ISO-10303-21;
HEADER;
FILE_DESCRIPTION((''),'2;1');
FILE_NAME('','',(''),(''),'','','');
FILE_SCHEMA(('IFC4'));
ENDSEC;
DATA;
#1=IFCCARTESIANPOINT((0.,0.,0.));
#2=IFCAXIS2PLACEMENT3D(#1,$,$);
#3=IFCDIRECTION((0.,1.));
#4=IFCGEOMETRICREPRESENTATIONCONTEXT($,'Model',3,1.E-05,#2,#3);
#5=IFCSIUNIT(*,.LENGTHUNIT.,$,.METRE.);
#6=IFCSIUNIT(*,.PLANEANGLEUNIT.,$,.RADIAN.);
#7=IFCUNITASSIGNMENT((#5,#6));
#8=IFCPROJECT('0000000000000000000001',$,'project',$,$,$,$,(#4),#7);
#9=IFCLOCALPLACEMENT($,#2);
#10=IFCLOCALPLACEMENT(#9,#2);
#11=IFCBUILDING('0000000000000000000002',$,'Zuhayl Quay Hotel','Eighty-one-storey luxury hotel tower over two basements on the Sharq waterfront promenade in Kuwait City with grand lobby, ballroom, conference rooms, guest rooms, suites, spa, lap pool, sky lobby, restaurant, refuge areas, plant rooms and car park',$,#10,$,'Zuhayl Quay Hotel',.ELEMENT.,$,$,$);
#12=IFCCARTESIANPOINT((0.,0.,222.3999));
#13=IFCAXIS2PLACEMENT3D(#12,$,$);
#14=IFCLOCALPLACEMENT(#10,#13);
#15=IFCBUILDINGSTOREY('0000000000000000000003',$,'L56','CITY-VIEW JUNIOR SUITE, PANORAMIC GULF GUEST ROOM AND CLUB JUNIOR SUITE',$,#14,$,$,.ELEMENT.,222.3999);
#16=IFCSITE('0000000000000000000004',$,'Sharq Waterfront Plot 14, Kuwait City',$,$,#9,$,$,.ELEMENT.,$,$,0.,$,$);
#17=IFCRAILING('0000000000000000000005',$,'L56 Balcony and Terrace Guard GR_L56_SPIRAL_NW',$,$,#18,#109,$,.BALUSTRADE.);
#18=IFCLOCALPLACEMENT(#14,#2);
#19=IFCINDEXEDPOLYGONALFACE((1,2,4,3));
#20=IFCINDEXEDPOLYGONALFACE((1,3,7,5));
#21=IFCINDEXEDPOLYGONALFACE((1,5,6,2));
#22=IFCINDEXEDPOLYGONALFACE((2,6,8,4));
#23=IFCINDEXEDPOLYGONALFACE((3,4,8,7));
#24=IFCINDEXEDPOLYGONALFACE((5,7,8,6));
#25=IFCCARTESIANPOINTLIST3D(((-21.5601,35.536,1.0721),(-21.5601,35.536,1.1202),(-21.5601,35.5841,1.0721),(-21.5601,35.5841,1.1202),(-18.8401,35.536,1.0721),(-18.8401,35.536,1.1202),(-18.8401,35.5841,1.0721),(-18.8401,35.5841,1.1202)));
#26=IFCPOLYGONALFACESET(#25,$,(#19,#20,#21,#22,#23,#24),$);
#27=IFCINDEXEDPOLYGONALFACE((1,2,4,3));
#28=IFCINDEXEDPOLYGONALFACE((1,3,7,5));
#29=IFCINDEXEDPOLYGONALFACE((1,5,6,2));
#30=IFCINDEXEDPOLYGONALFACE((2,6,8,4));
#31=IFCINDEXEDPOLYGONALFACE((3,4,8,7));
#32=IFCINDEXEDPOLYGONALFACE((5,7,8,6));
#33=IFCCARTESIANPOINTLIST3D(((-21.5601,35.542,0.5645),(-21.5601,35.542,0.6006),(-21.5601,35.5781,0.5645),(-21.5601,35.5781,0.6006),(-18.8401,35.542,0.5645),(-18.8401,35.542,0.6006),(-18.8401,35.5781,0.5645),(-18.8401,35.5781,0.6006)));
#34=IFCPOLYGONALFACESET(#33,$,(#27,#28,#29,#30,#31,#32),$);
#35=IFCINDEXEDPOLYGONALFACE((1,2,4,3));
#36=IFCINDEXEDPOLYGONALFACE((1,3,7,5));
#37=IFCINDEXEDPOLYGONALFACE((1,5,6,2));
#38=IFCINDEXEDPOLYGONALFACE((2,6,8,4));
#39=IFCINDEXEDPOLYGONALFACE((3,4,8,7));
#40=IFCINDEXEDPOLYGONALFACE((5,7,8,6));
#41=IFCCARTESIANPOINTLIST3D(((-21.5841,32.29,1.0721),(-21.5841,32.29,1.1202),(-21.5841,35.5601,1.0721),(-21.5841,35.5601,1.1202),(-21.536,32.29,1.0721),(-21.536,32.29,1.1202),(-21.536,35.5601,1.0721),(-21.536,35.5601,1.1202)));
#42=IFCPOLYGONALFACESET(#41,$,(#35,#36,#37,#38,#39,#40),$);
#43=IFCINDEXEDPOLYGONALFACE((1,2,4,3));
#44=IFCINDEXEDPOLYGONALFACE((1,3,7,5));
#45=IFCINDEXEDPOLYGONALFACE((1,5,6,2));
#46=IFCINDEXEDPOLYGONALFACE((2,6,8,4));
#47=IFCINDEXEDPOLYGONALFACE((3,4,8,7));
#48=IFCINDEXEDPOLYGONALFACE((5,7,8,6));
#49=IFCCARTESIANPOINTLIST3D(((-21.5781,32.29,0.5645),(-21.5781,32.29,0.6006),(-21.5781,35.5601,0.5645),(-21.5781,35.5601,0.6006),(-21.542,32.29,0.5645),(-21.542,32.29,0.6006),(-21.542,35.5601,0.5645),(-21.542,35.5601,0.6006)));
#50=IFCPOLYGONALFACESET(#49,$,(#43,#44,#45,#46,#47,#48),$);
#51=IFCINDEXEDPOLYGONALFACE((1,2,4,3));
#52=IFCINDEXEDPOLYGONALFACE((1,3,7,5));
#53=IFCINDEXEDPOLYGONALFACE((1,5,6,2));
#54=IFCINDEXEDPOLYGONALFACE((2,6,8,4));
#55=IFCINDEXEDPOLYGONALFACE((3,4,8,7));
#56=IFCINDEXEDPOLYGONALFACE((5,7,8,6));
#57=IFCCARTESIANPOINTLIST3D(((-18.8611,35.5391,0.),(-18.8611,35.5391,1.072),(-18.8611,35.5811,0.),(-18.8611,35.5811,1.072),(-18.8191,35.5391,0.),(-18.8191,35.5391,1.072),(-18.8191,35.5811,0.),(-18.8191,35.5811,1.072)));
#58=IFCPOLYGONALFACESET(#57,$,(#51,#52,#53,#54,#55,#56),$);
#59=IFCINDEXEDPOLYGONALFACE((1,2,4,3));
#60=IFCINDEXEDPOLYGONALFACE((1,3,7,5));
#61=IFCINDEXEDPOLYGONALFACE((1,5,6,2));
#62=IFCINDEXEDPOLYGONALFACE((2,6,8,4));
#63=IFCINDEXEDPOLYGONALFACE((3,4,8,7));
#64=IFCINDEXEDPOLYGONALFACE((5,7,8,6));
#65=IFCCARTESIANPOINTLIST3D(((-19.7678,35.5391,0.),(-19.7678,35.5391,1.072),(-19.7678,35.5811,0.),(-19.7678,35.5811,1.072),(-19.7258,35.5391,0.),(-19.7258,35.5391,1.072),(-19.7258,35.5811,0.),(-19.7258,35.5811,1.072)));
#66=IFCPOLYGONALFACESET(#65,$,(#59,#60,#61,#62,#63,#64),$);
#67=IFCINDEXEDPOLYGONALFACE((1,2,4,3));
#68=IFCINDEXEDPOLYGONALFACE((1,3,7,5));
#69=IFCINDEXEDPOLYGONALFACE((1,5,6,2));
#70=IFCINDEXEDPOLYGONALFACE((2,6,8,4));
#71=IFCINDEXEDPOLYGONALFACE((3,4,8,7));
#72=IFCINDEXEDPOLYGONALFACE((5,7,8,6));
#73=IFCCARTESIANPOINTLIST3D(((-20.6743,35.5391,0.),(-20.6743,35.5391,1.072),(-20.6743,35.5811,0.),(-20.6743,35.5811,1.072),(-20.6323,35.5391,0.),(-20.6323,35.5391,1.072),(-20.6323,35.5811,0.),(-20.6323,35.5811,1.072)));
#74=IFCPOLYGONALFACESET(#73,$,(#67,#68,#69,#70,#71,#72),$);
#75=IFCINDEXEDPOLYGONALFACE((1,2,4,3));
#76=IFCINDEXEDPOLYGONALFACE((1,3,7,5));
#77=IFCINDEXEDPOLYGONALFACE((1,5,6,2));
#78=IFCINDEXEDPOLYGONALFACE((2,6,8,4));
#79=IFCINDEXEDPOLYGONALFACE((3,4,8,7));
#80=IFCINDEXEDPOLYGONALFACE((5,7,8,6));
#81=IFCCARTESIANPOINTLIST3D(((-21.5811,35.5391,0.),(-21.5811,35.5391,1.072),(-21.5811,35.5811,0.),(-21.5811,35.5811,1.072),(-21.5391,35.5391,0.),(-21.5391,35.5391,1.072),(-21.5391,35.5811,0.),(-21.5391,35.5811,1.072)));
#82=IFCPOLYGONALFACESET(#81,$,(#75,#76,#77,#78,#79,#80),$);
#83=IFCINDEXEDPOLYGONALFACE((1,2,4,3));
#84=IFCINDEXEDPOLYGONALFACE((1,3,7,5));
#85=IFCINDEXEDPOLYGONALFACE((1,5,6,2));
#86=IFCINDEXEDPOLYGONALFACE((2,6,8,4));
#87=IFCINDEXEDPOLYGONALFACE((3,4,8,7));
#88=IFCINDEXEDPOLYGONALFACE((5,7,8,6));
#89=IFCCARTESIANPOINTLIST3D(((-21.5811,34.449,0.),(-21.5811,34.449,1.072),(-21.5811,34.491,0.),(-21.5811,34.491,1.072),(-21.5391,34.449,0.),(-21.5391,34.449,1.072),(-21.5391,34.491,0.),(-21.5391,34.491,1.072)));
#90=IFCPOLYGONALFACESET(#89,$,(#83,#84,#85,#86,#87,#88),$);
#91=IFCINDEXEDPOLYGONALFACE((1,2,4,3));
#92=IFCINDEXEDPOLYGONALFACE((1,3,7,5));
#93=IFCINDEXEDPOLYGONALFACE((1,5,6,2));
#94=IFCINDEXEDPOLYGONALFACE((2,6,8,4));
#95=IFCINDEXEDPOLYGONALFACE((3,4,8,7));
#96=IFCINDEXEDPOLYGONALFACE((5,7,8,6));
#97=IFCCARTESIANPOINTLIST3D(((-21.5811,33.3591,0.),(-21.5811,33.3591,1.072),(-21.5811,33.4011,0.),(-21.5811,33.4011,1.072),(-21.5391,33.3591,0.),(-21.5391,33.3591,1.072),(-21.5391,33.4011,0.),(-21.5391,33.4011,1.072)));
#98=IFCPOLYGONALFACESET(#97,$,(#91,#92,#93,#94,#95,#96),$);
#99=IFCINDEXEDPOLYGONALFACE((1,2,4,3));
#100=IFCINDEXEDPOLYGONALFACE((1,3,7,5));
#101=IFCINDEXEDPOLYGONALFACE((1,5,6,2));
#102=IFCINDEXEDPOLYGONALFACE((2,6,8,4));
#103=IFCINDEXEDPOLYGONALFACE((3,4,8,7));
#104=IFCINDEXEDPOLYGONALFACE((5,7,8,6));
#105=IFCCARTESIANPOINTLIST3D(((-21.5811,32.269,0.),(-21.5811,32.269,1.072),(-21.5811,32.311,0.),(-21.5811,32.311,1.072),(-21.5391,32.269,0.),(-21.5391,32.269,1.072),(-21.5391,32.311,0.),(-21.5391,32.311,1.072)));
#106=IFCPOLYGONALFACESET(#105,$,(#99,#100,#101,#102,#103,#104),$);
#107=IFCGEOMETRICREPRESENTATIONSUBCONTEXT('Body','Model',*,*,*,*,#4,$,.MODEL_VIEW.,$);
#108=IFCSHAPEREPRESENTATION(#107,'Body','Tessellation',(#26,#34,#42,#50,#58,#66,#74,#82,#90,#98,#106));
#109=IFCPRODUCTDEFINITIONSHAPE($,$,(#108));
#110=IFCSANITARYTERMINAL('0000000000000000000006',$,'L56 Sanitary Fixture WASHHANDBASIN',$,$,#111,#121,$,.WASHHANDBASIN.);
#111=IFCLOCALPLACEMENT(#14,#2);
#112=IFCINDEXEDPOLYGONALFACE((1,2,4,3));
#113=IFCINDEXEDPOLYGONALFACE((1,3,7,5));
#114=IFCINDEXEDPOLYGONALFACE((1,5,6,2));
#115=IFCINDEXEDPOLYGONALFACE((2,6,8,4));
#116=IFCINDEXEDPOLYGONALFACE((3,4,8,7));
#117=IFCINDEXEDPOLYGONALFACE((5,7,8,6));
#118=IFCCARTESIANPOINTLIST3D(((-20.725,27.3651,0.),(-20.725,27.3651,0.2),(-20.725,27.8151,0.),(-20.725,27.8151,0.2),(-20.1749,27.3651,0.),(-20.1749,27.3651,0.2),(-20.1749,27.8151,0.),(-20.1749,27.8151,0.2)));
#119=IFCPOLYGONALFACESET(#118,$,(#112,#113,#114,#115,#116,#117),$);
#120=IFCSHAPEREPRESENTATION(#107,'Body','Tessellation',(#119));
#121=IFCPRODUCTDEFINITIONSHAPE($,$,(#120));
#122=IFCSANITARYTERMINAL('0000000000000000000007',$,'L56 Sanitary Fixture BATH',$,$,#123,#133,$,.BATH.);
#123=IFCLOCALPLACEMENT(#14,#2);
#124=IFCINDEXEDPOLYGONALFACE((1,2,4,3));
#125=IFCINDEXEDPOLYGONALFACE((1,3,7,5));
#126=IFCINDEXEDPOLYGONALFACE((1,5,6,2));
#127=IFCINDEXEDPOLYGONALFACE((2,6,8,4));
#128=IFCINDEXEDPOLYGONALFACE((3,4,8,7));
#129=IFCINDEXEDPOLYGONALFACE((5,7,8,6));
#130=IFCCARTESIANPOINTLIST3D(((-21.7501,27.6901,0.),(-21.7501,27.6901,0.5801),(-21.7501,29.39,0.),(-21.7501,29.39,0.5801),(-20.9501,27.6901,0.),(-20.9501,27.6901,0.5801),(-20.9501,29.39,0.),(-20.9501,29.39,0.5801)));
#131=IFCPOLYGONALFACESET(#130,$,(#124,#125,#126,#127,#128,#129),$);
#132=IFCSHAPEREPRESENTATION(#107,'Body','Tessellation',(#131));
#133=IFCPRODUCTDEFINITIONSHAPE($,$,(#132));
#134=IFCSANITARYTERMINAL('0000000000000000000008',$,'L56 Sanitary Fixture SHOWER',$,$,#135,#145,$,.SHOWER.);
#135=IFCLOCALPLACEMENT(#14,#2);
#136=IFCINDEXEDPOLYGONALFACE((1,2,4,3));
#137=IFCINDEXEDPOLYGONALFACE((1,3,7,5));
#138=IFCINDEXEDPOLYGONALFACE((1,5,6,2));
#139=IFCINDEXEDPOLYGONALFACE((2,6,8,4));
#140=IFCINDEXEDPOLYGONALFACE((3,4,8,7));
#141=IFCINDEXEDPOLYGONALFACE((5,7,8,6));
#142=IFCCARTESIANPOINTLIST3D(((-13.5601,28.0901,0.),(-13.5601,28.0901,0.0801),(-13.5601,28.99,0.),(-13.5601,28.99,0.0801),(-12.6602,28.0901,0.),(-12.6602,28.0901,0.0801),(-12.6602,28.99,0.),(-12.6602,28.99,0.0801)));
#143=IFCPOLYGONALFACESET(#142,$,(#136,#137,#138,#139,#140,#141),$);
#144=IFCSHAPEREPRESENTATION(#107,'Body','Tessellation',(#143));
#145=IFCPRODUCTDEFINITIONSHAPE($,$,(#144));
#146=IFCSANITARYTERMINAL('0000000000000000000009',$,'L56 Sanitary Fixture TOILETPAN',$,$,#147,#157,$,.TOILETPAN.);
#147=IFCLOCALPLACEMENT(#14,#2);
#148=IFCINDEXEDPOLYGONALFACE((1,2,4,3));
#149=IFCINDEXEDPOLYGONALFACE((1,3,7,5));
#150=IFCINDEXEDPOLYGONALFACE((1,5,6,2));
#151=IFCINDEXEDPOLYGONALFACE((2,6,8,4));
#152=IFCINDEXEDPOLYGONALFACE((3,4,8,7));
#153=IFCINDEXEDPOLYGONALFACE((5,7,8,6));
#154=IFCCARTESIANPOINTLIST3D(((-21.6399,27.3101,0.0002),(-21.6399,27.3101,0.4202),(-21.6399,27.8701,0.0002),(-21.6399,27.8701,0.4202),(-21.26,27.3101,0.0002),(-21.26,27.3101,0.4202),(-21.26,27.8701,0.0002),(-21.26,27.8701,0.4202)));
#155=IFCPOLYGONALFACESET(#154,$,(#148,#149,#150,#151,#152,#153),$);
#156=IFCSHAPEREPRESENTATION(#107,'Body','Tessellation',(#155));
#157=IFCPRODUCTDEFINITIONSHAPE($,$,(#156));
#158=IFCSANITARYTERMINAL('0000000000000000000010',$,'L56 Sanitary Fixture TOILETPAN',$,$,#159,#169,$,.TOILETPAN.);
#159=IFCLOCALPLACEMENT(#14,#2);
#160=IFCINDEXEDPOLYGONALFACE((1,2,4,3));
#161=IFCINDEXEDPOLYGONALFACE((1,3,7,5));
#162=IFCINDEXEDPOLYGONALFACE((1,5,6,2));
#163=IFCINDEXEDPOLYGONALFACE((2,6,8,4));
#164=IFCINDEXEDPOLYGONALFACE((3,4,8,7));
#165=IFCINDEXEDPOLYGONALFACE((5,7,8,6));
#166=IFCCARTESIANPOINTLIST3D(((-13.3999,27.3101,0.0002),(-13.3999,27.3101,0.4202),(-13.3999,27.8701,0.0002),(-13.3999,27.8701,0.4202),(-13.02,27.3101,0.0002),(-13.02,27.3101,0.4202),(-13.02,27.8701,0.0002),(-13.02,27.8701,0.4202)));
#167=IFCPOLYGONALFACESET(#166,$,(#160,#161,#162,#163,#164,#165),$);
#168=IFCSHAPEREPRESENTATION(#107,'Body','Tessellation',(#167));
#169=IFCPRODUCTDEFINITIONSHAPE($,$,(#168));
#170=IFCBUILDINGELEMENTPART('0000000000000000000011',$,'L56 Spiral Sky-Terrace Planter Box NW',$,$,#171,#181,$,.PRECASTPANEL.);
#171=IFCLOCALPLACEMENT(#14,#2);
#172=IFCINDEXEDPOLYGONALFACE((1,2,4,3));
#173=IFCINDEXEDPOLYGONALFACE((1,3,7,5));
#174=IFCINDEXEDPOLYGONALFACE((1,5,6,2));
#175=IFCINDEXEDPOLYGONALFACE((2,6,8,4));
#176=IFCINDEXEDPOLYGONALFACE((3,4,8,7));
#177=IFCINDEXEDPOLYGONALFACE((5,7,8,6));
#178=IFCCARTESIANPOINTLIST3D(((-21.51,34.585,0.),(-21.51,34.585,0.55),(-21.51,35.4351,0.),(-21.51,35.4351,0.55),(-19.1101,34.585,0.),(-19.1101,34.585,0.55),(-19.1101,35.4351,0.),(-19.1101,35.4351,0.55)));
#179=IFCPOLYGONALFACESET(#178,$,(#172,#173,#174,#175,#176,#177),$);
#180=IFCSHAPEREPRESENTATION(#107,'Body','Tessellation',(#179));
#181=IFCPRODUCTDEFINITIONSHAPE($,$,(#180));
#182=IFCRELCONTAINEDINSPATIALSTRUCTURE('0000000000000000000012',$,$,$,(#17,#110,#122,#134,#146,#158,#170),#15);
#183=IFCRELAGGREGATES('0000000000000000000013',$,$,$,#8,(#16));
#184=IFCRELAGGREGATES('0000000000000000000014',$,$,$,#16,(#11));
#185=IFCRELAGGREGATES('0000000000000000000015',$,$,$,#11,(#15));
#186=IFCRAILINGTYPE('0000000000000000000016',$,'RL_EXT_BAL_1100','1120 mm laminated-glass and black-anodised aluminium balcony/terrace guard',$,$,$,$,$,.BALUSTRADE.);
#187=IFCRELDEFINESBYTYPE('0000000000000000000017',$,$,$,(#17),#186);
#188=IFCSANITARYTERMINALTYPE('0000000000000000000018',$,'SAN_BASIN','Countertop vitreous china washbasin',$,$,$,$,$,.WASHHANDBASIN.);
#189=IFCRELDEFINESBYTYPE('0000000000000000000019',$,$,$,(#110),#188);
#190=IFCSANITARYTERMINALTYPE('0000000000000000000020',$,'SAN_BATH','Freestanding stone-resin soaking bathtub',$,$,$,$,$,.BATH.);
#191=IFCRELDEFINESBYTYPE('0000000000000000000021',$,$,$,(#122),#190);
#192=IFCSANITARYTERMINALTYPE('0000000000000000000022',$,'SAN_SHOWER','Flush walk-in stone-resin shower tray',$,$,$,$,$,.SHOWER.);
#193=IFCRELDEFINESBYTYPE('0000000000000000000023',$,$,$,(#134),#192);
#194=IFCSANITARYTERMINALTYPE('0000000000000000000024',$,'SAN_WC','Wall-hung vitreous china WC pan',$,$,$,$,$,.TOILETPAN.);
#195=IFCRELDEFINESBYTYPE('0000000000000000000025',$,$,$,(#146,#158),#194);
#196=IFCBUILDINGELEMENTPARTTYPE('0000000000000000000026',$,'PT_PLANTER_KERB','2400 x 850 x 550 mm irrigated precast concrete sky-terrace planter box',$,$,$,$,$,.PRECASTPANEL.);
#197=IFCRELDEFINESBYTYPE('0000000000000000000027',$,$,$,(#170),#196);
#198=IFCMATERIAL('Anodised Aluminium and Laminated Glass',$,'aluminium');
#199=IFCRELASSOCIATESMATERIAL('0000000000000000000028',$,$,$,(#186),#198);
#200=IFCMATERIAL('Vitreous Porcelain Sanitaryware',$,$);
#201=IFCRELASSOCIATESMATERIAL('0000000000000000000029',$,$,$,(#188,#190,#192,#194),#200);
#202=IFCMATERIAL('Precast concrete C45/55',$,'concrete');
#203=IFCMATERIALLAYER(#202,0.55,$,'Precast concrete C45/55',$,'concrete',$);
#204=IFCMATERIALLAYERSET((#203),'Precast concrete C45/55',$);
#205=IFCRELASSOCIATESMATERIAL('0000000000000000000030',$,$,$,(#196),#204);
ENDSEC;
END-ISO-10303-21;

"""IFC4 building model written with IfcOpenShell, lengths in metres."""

from ifc_helpers import new_model, si_unit, direction, frame, origin, origin_2d, place, context, subcontext, project, spatial, rectangle, extrude, material, layer, layer_set, type_object, element, save


model = new_model("IFC4")

# Units and contexts
model_context = context("Model", 3, precision=1e-05, world=origin(), true_north=direction((0.0, 1.0)))
body_context = subcontext(model_context, "Body", "Model", "MODEL_VIEW")
ifc_project = project(units=[si_unit("LENGTHUNIT", "METRE"), si_unit("PLANEANGLEUNIT", "RADIAN")], contexts=[model_context])

# Site, building, storey
site_placement = place(None, origin())
site = spatial("IfcSite", under=ifc_project, at=site_placement, Name="Sharq Waterfront Plot 14, Kuwait City", CompositionType="ELEMENT", RefElevation=0.0)
building_placement = place(site_placement, origin())
building = spatial("IfcBuilding", under=site, at=building_placement, Name="Zuhayl Quay Hotel", Description="Eighty-one-storey luxury hotel tower over two basements on the Sharq waterfront promenade in Kuwait City with grand lobby, ballroom, conference rooms, guest rooms, suites, spa, lap pool, sky lobby, restaurant, refuge areas, plant rooms and car park", LongName="Zuhayl Quay Hotel", CompositionType="ELEMENT")
storey_placement = place(building_placement, frame((0.0, 0.0, 222.3999)))
storey = spatial("IfcBuildingStorey", under=building, at=storey_placement, Name="L56", Description="CITY-VIEW JUNIOR SUITE, PANORAMIC GULF GUEST ROOM AND CLUB JUNIOR SUITE", CompositionType="ELEMENT", Elevation=222.3999)

# Shared definitions
ifc_material_1 = material(Name="Precast concrete C45/55", Category="concrete")

# Railing
ifc_material_2 = material(Name="Anodised Aluminium and Laminated Glass", Category="aluminium")
railing_type = type_object("IfcRailingType", Name="RL_EXT_BAL_1100", Description="1120 mm laminated-glass and black-anodised aluminium balcony/terrace guard", PredefinedType="BALUSTRADE", material=ifc_material_2)
railing_1_placement = place(storey_placement, frame((-18.8401, 35.5601, 0.0)))
element("IfcRailing", 1, at=railing_1_placement, inside=storey, type_object=railing_type, Name="L56 Balcony and Terrace Guard GR_L56_SPIRAL_NW", PredefinedType="BALUSTRADE", context=body_context, shape_type="SweptSolid", body=[
    extrude(rectangle(XDim=0.0481, YDim=0.0481, at=origin_2d()), frame((0.0, 0.0, 1.0962), z_axis=(-1.0, 0.0, 0.0), x_axis=(0.0, -1.0, 0.0)), (0.0, 0.0, 1.0), 2.72),
    extrude(rectangle(XDim=0.0361, YDim=0.0361, at=origin_2d()), frame((0.0, 0.0, 0.5825), z_axis=(-1.0, 0.0, 0.0), x_axis=(0.0, -1.0, 0.0)), (0.0, 0.0, 1.0), 2.72),
    extrude(rectangle(XDim=0.0481, YDim=0.0481, at=origin_2d()), frame((-2.72, 0.0, 1.0962), z_axis=(0.0, -1.0, 0.0), x_axis=(1.0, 0.0, 0.0)), (0.0, 0.0, 1.0), 3.27),
    extrude(rectangle(XDim=0.0361, YDim=0.0361, at=origin_2d()), frame((-2.72, 0.0, 0.5825), z_axis=(0.0, -1.0, 0.0), x_axis=(1.0, 0.0, 0.0)), (0.0, 0.0, 1.0), 3.27),
    extrude(rectangle(XDim=0.042, YDim=0.042, at=origin_2d()), origin(), (0.0, 0.0, 1.0), 1.072),
    extrude(rectangle(XDim=0.042, YDim=0.042, at=origin_2d()), frame((-0.9067, 0.0, 0.0)), (0.0, 0.0, 1.0), 1.072),
    extrude(rectangle(XDim=0.042, YDim=0.042, at=origin_2d()), frame((-1.8132, 0.0, 0.0)), (0.0, 0.0, 1.0), 1.072),
    extrude(rectangle(XDim=0.042, YDim=0.042, at=origin_2d()), frame((-2.72, 0.0, 0.0)), (0.0, 0.0, 1.0), 1.072),
    extrude(rectangle(XDim=0.042, YDim=0.042, at=origin_2d()), frame((-2.72, -1.0901, 0.0)), (0.0, 0.0, 1.0), 1.072),
    extrude(rectangle(XDim=0.042, YDim=0.042, at=origin_2d()), frame((-2.72, -2.1799, 0.0)), (0.0, 0.0, 1.0), 1.072),
    extrude(rectangle(XDim=0.042, YDim=0.042, at=origin_2d()), frame((-2.72, -3.27, 0.0)), (0.0, 0.0, 1.0), 1.072),
])

# Sanitary terminals
ifc_material_3 = material(Name="Vitreous Porcelain Sanitaryware")
sanitary_terminal_type_1 = type_object("IfcSanitaryTerminalType", Name="SAN_BASIN", Description="Countertop vitreous china washbasin", PredefinedType="WASHHANDBASIN", material=ifc_material_3)
sanitary_terminal_1_placement = place(storey_placement, frame((-20.45, 27.5901, 0.0), z_axis=(0.0, 0.0, 1.0), x_axis=(1.0, 0.0, 0.0)))
element("IfcSanitaryTerminal", 2, at=sanitary_terminal_1_placement, inside=storey, type_object=sanitary_terminal_type_1, Name="L56 Sanitary Fixture WASHHANDBASIN", PredefinedType="WASHHANDBASIN", context=body_context, shape_type="SweptSolid", body=[
    extrude(rectangle(XDim=0.55, YDim=0.45, at=origin_2d()), origin(), (0.0, 0.0, 1.0), 0.2),
])
sanitary_terminal_type_2 = type_object("IfcSanitaryTerminalType", Name="SAN_BATH", Description="Freestanding stone-resin soaking bathtub", PredefinedType="BATH", material=ifc_material_3)
sanitary_terminal_2_placement = place(storey_placement, frame((-21.3501, 28.54, 0.0), z_axis=(0.0, 0.0, 1.0), x_axis=(1.0, 0.0, 0.0)))
element("IfcSanitaryTerminal", 3, at=sanitary_terminal_2_placement, inside=storey, type_object=sanitary_terminal_type_2, Name="L56 Sanitary Fixture BATH", PredefinedType="BATH", context=body_context, shape_type="SweptSolid", body=[
    extrude(rectangle(XDim=0.8, YDim=1.7, at=origin_2d()), origin(), (0.0, 0.0, 1.0), 0.5801),
])
sanitary_terminal_type_3 = type_object("IfcSanitaryTerminalType", Name="SAN_SHOWER", Description="Flush walk-in stone-resin shower tray", PredefinedType="SHOWER", material=ifc_material_3)
sanitary_terminal_3_placement = place(storey_placement, frame((-13.1101, 28.54, 0.0), z_axis=(0.0, 0.0, 1.0), x_axis=(1.0, 0.0, 0.0)))
element("IfcSanitaryTerminal", 4, at=sanitary_terminal_3_placement, inside=storey, type_object=sanitary_terminal_type_3, Name="L56 Sanitary Fixture SHOWER", PredefinedType="SHOWER", context=body_context, shape_type="SweptSolid", body=[
    extrude(rectangle(XDim=0.8999, YDim=0.8999, at=origin_2d()), origin(), (0.0, 0.0, 1.0), 0.0801),
])
sanitary_terminal_type_4 = type_object("IfcSanitaryTerminalType", Name="SAN_WC", Description="Wall-hung vitreous china WC pan", PredefinedType="TOILETPAN", material=ifc_material_3)
for number, where, z_axis, x_axis, name in (
    (5, (-21.45, 27.5901, 0.0002), (0.0, 0.0, 1.0), (1.0, 0.0, 0.0), "L56 Sanitary Fixture TOILETPAN"),
    (6, (-13.21, 27.5901, 0.0002), (0.0, 0.0, 1.0), (1.0, 0.0, 0.0), "L56 Sanitary Fixture TOILETPAN"),
):
    element("IfcSanitaryTerminal", number, at=place(storey_placement, frame(where, z_axis=z_axis, x_axis=x_axis)), inside=storey, type_object=sanitary_terminal_type_4, Name=name, PredefinedType="TOILETPAN", context=body_context, shape_type="SweptSolid", body=[
        extrude(rectangle(XDim=0.3799, YDim=0.5601, at=origin_2d()), origin(), (0.0, 0.0, 1.0), 0.4199),
    ])

# Building element part
ifc_layer_1 = layer(ifc_material_1, 0.55, Name="Precast concrete C45/55", Category="concrete")
ifc_layer_set_1 = layer_set([ifc_layer_1], Name="Precast concrete C45/55")
building_element_part_type = type_object("IfcBuildingElementPartType", Name="PT_PLANTER_KERB", Description="2400 x 850 x 550 mm irrigated precast concrete sky-terrace planter box", PredefinedType="PRECASTPANEL", material=ifc_layer_set_1)
building_element_part_placement = place(storey_placement, frame((-20.3101, 35.01, 0.0), z_axis=(0.0, 0.0, 1.0), x_axis=(1.0, 0.0, 0.0)))
element("IfcBuildingElementPart", 7, at=building_element_part_placement, inside=storey, type_object=building_element_part_type, Name="L56 Spiral Sky-Terrace Planter Box NW", PredefinedType="PRECASTPANEL", context=body_context, shape_type="SweptSolid", body=[
    extrude(rectangle(XDim=2.3999, YDim=0.8501, at=origin_2d()), origin(), (0.0, 0.0, 1.0), 0.55),
])

save(model, "model.ifc")
